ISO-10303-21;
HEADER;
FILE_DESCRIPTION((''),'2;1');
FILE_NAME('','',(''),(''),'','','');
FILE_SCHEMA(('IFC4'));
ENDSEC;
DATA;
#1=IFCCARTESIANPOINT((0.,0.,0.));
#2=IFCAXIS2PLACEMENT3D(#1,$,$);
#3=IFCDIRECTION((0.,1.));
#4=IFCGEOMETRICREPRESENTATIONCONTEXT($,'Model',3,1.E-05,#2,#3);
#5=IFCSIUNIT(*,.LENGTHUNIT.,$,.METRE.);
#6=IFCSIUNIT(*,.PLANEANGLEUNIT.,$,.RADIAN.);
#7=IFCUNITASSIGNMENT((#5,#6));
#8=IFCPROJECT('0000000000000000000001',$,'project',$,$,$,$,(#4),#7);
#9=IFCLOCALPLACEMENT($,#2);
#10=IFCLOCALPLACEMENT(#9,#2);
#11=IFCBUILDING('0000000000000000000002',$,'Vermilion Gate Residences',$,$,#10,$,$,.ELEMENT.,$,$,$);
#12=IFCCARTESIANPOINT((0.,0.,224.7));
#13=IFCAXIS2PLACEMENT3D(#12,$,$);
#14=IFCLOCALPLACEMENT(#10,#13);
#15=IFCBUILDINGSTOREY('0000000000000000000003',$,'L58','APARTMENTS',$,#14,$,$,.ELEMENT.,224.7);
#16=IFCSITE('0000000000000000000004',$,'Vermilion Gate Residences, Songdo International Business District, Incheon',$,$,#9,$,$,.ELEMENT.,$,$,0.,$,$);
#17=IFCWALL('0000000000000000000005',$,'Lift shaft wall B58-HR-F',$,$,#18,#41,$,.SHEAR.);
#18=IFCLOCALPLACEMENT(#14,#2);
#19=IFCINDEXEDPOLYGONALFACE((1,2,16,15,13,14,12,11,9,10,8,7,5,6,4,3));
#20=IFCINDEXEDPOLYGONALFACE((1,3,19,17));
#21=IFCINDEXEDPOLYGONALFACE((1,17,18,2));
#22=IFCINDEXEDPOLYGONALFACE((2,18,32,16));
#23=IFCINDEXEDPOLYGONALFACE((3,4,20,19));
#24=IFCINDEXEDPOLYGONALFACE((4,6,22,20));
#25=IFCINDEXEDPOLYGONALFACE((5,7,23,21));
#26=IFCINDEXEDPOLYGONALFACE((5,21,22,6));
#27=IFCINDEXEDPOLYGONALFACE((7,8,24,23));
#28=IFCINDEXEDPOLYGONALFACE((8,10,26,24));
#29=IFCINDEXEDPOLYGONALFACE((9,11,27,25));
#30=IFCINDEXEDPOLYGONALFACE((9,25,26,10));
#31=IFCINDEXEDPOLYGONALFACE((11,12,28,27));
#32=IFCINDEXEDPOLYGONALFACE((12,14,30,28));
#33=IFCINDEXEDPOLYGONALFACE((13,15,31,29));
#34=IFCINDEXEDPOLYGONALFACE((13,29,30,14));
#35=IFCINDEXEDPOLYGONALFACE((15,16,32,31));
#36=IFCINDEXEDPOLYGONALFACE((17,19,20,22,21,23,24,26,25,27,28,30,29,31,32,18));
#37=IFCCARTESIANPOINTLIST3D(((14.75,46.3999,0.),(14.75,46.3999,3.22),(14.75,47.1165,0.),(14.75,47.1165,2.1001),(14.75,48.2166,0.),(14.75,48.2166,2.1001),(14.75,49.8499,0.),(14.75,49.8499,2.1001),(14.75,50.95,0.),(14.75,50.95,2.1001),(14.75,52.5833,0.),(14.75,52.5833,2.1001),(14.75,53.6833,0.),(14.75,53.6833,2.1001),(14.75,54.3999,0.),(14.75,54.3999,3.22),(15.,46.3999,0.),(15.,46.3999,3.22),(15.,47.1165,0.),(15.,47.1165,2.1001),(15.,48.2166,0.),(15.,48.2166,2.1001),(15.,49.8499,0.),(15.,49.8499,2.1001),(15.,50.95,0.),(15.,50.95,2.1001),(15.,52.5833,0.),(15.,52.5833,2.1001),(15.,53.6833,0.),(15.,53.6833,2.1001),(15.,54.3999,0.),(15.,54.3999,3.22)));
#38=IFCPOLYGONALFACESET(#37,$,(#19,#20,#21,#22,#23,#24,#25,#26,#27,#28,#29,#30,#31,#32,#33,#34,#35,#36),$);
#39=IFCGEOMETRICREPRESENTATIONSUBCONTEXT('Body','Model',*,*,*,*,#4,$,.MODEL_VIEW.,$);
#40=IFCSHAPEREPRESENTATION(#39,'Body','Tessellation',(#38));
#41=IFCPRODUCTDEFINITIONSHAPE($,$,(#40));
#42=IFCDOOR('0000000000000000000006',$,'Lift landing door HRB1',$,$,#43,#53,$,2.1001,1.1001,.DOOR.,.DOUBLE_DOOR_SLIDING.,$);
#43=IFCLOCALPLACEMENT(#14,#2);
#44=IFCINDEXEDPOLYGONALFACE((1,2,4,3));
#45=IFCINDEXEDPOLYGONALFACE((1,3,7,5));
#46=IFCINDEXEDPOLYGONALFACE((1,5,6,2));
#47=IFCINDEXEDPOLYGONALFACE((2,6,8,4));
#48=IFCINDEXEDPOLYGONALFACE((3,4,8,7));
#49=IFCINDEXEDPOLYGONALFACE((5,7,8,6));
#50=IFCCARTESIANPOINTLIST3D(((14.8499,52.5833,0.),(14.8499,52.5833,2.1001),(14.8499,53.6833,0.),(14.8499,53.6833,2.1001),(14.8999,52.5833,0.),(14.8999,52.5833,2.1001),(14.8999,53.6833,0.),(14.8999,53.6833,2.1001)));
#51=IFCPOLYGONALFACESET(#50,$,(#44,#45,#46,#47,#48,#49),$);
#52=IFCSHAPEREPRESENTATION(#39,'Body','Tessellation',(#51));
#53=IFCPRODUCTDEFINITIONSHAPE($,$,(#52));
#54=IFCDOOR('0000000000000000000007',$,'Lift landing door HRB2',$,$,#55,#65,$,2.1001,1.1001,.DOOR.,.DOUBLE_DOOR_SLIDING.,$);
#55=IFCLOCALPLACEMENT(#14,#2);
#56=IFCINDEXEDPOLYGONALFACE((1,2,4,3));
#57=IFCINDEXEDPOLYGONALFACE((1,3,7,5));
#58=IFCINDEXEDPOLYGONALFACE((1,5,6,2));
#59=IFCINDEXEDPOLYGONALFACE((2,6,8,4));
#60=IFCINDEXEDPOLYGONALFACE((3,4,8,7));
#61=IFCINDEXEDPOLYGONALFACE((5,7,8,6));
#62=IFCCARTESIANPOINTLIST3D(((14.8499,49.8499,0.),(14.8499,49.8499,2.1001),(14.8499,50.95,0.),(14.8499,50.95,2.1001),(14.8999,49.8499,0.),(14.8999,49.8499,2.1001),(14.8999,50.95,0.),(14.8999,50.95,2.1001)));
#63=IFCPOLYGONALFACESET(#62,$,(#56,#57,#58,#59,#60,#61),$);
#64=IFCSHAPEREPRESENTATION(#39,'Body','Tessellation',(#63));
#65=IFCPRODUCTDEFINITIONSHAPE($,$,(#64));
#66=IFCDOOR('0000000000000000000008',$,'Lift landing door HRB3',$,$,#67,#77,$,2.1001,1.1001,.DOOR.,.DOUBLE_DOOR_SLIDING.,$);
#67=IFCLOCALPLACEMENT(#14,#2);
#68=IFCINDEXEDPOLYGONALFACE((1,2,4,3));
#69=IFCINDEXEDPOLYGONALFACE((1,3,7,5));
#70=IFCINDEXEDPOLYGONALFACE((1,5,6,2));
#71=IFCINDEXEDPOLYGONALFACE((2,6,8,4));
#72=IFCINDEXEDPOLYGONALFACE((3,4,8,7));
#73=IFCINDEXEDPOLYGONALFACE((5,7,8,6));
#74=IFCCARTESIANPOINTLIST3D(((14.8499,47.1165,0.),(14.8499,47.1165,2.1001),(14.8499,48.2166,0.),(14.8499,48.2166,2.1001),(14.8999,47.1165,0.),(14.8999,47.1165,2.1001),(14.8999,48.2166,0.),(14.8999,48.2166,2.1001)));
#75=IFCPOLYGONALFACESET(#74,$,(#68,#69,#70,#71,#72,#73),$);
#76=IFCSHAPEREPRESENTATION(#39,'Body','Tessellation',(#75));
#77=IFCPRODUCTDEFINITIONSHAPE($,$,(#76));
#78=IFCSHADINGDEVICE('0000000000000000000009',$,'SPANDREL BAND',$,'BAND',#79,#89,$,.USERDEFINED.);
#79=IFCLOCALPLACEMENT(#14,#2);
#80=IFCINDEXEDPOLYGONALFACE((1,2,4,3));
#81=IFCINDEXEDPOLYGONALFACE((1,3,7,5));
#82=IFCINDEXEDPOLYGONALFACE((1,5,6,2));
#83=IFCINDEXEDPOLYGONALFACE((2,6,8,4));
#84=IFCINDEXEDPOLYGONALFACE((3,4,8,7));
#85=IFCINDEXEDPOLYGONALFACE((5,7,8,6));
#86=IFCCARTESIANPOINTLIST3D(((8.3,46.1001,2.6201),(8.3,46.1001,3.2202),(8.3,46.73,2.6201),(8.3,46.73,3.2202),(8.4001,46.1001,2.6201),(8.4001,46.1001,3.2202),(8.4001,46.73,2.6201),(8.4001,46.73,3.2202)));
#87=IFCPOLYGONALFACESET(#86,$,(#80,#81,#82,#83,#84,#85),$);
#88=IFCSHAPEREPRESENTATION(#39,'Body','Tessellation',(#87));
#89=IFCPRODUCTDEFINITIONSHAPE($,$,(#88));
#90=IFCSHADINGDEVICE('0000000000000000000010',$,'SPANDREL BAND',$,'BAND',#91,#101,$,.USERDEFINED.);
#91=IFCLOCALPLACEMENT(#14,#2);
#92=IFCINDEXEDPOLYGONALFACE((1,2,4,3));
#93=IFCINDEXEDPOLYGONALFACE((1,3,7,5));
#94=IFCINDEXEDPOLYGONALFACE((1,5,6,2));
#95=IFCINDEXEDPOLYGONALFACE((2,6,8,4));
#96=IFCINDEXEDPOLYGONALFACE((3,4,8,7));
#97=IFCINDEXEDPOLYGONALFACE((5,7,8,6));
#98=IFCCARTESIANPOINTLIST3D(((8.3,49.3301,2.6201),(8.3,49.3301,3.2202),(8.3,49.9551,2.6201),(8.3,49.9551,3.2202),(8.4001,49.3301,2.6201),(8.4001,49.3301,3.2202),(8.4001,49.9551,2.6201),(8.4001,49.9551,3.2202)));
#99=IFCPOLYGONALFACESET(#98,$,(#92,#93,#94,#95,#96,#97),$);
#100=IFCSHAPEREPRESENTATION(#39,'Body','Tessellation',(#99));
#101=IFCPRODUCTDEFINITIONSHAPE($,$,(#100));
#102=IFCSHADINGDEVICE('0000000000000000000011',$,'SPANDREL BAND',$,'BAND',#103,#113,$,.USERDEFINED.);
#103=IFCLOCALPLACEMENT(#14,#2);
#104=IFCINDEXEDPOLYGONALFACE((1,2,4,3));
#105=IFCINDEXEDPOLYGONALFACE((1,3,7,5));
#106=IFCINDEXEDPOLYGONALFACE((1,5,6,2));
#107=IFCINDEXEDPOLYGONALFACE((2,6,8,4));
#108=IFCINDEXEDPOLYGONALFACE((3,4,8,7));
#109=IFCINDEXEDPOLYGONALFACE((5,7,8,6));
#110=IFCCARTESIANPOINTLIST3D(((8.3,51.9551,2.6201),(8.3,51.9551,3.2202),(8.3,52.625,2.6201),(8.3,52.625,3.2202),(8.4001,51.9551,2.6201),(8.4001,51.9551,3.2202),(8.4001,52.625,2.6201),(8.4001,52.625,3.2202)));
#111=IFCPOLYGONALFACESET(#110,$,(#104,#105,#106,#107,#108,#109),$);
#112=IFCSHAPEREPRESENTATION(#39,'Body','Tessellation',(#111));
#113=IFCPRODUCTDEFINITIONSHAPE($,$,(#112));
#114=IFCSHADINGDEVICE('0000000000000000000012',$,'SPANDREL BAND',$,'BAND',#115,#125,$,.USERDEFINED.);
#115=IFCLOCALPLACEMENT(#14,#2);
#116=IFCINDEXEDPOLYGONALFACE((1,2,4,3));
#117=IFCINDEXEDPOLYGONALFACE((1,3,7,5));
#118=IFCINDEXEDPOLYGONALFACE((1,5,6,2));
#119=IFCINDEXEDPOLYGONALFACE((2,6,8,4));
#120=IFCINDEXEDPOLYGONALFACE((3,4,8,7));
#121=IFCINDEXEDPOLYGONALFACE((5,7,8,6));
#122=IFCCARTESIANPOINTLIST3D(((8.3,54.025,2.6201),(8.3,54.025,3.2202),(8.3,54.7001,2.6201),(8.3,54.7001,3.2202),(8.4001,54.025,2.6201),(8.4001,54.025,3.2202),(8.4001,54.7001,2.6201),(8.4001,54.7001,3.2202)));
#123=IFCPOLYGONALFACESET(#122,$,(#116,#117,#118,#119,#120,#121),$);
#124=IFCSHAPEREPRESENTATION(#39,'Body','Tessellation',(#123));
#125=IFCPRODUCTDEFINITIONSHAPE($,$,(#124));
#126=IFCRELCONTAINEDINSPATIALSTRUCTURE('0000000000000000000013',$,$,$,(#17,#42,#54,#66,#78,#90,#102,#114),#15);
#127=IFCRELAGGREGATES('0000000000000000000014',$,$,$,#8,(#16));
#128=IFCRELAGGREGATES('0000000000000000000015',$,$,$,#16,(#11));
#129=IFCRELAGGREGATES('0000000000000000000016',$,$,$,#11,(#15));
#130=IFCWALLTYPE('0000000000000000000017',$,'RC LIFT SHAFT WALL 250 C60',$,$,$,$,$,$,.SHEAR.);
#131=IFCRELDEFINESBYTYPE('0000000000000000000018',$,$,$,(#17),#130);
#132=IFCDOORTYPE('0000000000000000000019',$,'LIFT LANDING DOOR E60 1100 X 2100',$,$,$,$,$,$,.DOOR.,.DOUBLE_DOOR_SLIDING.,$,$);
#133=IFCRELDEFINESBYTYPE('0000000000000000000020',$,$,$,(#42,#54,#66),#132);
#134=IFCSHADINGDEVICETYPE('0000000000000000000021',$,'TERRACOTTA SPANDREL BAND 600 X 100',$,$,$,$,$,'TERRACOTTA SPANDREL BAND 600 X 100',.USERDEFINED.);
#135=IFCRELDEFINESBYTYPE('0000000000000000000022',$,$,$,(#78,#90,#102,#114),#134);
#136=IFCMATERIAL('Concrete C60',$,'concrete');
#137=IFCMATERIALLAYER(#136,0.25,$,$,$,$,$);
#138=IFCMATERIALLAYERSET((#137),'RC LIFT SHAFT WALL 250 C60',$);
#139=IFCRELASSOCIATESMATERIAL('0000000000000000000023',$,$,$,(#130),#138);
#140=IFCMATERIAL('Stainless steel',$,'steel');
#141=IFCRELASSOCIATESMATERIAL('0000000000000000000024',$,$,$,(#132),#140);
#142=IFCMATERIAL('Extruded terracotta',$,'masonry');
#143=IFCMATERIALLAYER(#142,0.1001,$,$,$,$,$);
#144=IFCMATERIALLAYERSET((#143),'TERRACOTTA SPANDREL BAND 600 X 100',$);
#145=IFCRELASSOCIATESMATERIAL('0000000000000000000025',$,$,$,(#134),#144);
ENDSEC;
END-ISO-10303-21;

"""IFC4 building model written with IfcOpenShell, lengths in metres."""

from ifc_helpers import new_model, si_unit, direction, frame, frame_2d, origin, origin_2d, place, context, subcontext, project, spatial, rectangle, extrude, material, layer, layer_set, type_object, element, fill, save


model = new_model("IFC4")

# Units and contexts
model_context = context("Model", 3, precision=1e-05, world=origin(), true_north=direction((0.0, 1.0)))
body_context = subcontext(model_context, "Body", "Model", "MODEL_VIEW")
ifc_project = project(units=[si_unit("LENGTHUNIT", "METRE"), si_unit("PLANEANGLEUNIT", "RADIAN")], contexts=[model_context])

# Site, building, storey
site_placement = place(None, origin())
site = spatial("IfcSite", under=ifc_project, at=site_placement, Name="Vermilion Gate Residences, Songdo International Business District, Incheon", CompositionType="ELEMENT", RefElevation=0.0)
building_placement = place(site_placement, origin())
building = spatial("IfcBuilding", under=site, at=building_placement, Name="Vermilion Gate Residences", CompositionType="ELEMENT")
storey_placement = place(building_placement, frame((0.0, 0.0, 224.7)))
storey = spatial("IfcBuildingStorey", under=building, at=storey_placement, Name="L58", Description="APARTMENTS", CompositionType="ELEMENT", Elevation=224.7)

# Wall, openings, doors
ifc_material_1 = material(Name="Concrete C60", Category="concrete")
ifc_layer_1 = layer(ifc_material_1, 0.25)
ifc_layer_set_1 = layer_set([ifc_layer_1], Name="RC LIFT SHAFT WALL 250 C60")
wall_type_1 = type_object("IfcWallType", Name="RC LIFT SHAFT WALL 250 C60", PredefinedType="SHEAR", material=ifc_layer_set_1)
wall_1_placement = place(storey_placement, frame((14.875, 54.3999, 0.0), z_axis=(0.0, 0.0, 1.0), x_axis=(0.0, -1.0, 0.0)))
wall_1 = element("IfcWall", 1, at=wall_1_placement, inside=storey, type_object=wall_type_1, Name="Lift shaft wall B58-HR-F", PredefinedType="SHEAR", context=body_context, shape_type="SweptSolid", body=[
    extrude(rectangle(XDim=8.0, YDim=0.25, at=frame_2d((4.0, 0.0))), origin(), (0.0, 0.0, 1.0), 3.22),
])
opening_1_placement = place(wall_1_placement, frame((0.7166, 0.0, 0.0)))
opening_1 = element("IfcOpeningElement", 2, at=opening_1_placement, cuts=wall_1, PredefinedType="OPENING", context=body_context, shape_type="SweptSolid", body=[
    extrude(rectangle(XDim=1.1001, YDim=2.1001, at=frame_2d((0.55, 1.05))), frame((0.0, 0.135, 0.0), z_axis=(0.0, -1.0, 0.0), x_axis=(1.0, 0.0, 0.0)), (0.0, 0.0, 1.0), 0.27),
])
opening_2_placement = place(wall_1_placement, frame((3.45, 0.0, 0.0)))
opening_2 = element("IfcOpeningElement", 3, at=opening_2_placement, cuts=wall_1, PredefinedType="OPENING", context=body_context, shape_type="SweptSolid", body=[
    extrude(rectangle(XDim=1.1001, YDim=2.1001, at=frame_2d((0.55, 1.05))), frame((0.0, 0.135, 0.0), z_axis=(0.0, -1.0, 0.0), x_axis=(1.0, 0.0, 0.0)), (0.0, 0.0, 1.0), 0.27),
])
opening_3_placement = place(wall_1_placement, frame((6.1833, 0.0, 0.0)))
opening_3 = element("IfcOpeningElement", 4, at=opening_3_placement, cuts=wall_1, PredefinedType="OPENING", context=body_context, shape_type="SweptSolid", body=[
    extrude(rectangle(XDim=1.1001, YDim=2.1001, at=frame_2d((0.55, 1.05))), frame((0.0, 0.135, 0.0), z_axis=(0.0, -1.0, 0.0), x_axis=(1.0, 0.0, 0.0)), (0.0, 0.0, 1.0), 0.27),
])
ifc_material_2 = material(Name="Stainless steel", Category="steel")
door_type_1 = type_object("IfcDoorType", Name="LIFT LANDING DOOR E60 1100 X 2100", OperationType="DOUBLE_DOOR_SLIDING", PredefinedType="DOOR", material=ifc_material_2)
door_1_placement = place(opening_1_placement, origin())
door_1 = element("IfcDoor", 5, at=door_1_placement, inside=storey, type_object=door_type_1, Name="Lift landing door HRB1", OperationType="DOUBLE_DOOR_SLIDING", OverallHeight=2.1001, OverallWidth=1.1001, PredefinedType="DOOR", context=body_context, shape_type="SweptSolid", body=[
    extrude(rectangle(XDim=1.1001, YDim=2.1001, at=frame_2d((0.55, 1.05))), frame((0.0, 0.0249, 0.0), z_axis=(0.0, -1.0, 0.0), x_axis=(1.0, 0.0, 0.0)), (0.0, 0.0, 1.0), 0.05),
])
fill(opening_1, door_1)
door_2_placement = place(opening_2_placement, origin())
door_2 = element("IfcDoor", 6, at=door_2_placement, inside=storey, type_object=door_type_1, Name="Lift landing door HRB2", OperationType="DOUBLE_DOOR_SLIDING", OverallHeight=2.1001, OverallWidth=1.1001, PredefinedType="DOOR", context=body_context, shape_type="SweptSolid", body=[
    extrude(rectangle(XDim=1.1001, YDim=2.1001, at=frame_2d((0.55, 1.05))), frame((0.0, 0.0249, 0.0), z_axis=(0.0, -1.0, 0.0), x_axis=(1.0, 0.0, 0.0)), (0.0, 0.0, 1.0), 0.05),
])
fill(opening_2, door_2)
door_3_placement = place(opening_3_placement, origin())
door_3 = element("IfcDoor", 7, at=door_3_placement, inside=storey, type_object=door_type_1, Name="Lift landing door HRB3", OperationType="DOUBLE_DOOR_SLIDING", OverallHeight=2.1001, OverallWidth=1.1001, PredefinedType="DOOR", context=body_context, shape_type="SweptSolid", body=[
    extrude(rectangle(XDim=1.1001, YDim=2.1001, at=frame_2d((0.55, 1.05))), frame((0.0, 0.0249, 0.0), z_axis=(0.0, -1.0, 0.0), x_axis=(1.0, 0.0, 0.0)), (0.0, 0.0, 1.0), 0.05),
])
fill(opening_3, door_3)

# Shading devices
ifc_material_3 = material(Name="Extruded terracotta", Category="masonry")
ifc_layer_2 = layer(ifc_material_3, 0.1001)
ifc_layer_set_2 = layer_set([ifc_layer_2], Name="TERRACOTTA SPANDREL BAND 600 X 100")
shading_device_type = type_object("IfcShadingDeviceType", Name="TERRACOTTA SPANDREL BAND 600 X 100", ElementType="TERRACOTTA SPANDREL BAND 600 X 100", PredefinedType="USERDEFINED", material=ifc_layer_set_2)
shading_device_1_placement = place(storey_placement, frame((8.3501, 46.415, 2.6201), z_axis=(0.0, 0.0, 1.0), x_axis=(0.0, 1.0, 0.0)))
element("IfcShadingDevice", 8, at=shading_device_1_placement, inside=storey, type_object=shading_device_type, Name="SPANDREL BAND", ObjectType="BAND", PredefinedType="USERDEFINED", context=body_context, shape_type="SweptSolid", body=[
    extrude(rectangle(XDim=0.6299, YDim=0.1001, at=origin_2d()), origin(), (0.0, 0.0, 1.0), 0.6001),
])
shading_device_2_placement = place(storey_placement, frame((8.3501, 49.6426, 2.6201), z_axis=(0.0, 0.0, 1.0), x_axis=(0.0, 1.0, 0.0)))
element("IfcShadingDevice", 9, at=shading_device_2_placement, inside=storey, type_object=shading_device_type, Name="SPANDREL BAND", ObjectType="BAND", PredefinedType="USERDEFINED", context=body_context, shape_type="SweptSolid", body=[
    extrude(rectangle(XDim=0.625, YDim=0.1001, at=origin_2d()), origin(), (0.0, 0.0, 1.0), 0.6001),
])
shading_device_3_placement = place(storey_placement, frame((8.3501, 52.29, 2.6201), z_axis=(0.0, 0.0, 1.0), x_axis=(0.0, 1.0, 0.0)))
element("IfcShadingDevice", 10, at=shading_device_3_placement, inside=storey, type_object=shading_device_type, Name="SPANDREL BAND", ObjectType="BAND", PredefinedType="USERDEFINED", context=body_context, shape_type="SweptSolid", body=[
    extrude(rectangle(XDim=0.6699, YDim=0.1001, at=origin_2d()), origin(), (0.0, 0.0, 1.0), 0.6001),
])
shading_device_4_placement = place(storey_placement, frame((8.3501, 54.3625, 2.6201), z_axis=(0.0, 0.0, 1.0), x_axis=(0.0, 1.0, 0.0)))
element("IfcShadingDevice", 11, at=shading_device_4_placement, inside=storey, type_object=shading_device_type, Name="SPANDREL BAND", ObjectType="BAND", PredefinedType="USERDEFINED", context=body_context, shape_type="SweptSolid", body=[
    extrude(rectangle(XDim=0.675, YDim=0.1001, at=origin_2d()), origin(), (0.0, 0.0, 1.0), 0.6001),
])

save(model, "model.ifc")
